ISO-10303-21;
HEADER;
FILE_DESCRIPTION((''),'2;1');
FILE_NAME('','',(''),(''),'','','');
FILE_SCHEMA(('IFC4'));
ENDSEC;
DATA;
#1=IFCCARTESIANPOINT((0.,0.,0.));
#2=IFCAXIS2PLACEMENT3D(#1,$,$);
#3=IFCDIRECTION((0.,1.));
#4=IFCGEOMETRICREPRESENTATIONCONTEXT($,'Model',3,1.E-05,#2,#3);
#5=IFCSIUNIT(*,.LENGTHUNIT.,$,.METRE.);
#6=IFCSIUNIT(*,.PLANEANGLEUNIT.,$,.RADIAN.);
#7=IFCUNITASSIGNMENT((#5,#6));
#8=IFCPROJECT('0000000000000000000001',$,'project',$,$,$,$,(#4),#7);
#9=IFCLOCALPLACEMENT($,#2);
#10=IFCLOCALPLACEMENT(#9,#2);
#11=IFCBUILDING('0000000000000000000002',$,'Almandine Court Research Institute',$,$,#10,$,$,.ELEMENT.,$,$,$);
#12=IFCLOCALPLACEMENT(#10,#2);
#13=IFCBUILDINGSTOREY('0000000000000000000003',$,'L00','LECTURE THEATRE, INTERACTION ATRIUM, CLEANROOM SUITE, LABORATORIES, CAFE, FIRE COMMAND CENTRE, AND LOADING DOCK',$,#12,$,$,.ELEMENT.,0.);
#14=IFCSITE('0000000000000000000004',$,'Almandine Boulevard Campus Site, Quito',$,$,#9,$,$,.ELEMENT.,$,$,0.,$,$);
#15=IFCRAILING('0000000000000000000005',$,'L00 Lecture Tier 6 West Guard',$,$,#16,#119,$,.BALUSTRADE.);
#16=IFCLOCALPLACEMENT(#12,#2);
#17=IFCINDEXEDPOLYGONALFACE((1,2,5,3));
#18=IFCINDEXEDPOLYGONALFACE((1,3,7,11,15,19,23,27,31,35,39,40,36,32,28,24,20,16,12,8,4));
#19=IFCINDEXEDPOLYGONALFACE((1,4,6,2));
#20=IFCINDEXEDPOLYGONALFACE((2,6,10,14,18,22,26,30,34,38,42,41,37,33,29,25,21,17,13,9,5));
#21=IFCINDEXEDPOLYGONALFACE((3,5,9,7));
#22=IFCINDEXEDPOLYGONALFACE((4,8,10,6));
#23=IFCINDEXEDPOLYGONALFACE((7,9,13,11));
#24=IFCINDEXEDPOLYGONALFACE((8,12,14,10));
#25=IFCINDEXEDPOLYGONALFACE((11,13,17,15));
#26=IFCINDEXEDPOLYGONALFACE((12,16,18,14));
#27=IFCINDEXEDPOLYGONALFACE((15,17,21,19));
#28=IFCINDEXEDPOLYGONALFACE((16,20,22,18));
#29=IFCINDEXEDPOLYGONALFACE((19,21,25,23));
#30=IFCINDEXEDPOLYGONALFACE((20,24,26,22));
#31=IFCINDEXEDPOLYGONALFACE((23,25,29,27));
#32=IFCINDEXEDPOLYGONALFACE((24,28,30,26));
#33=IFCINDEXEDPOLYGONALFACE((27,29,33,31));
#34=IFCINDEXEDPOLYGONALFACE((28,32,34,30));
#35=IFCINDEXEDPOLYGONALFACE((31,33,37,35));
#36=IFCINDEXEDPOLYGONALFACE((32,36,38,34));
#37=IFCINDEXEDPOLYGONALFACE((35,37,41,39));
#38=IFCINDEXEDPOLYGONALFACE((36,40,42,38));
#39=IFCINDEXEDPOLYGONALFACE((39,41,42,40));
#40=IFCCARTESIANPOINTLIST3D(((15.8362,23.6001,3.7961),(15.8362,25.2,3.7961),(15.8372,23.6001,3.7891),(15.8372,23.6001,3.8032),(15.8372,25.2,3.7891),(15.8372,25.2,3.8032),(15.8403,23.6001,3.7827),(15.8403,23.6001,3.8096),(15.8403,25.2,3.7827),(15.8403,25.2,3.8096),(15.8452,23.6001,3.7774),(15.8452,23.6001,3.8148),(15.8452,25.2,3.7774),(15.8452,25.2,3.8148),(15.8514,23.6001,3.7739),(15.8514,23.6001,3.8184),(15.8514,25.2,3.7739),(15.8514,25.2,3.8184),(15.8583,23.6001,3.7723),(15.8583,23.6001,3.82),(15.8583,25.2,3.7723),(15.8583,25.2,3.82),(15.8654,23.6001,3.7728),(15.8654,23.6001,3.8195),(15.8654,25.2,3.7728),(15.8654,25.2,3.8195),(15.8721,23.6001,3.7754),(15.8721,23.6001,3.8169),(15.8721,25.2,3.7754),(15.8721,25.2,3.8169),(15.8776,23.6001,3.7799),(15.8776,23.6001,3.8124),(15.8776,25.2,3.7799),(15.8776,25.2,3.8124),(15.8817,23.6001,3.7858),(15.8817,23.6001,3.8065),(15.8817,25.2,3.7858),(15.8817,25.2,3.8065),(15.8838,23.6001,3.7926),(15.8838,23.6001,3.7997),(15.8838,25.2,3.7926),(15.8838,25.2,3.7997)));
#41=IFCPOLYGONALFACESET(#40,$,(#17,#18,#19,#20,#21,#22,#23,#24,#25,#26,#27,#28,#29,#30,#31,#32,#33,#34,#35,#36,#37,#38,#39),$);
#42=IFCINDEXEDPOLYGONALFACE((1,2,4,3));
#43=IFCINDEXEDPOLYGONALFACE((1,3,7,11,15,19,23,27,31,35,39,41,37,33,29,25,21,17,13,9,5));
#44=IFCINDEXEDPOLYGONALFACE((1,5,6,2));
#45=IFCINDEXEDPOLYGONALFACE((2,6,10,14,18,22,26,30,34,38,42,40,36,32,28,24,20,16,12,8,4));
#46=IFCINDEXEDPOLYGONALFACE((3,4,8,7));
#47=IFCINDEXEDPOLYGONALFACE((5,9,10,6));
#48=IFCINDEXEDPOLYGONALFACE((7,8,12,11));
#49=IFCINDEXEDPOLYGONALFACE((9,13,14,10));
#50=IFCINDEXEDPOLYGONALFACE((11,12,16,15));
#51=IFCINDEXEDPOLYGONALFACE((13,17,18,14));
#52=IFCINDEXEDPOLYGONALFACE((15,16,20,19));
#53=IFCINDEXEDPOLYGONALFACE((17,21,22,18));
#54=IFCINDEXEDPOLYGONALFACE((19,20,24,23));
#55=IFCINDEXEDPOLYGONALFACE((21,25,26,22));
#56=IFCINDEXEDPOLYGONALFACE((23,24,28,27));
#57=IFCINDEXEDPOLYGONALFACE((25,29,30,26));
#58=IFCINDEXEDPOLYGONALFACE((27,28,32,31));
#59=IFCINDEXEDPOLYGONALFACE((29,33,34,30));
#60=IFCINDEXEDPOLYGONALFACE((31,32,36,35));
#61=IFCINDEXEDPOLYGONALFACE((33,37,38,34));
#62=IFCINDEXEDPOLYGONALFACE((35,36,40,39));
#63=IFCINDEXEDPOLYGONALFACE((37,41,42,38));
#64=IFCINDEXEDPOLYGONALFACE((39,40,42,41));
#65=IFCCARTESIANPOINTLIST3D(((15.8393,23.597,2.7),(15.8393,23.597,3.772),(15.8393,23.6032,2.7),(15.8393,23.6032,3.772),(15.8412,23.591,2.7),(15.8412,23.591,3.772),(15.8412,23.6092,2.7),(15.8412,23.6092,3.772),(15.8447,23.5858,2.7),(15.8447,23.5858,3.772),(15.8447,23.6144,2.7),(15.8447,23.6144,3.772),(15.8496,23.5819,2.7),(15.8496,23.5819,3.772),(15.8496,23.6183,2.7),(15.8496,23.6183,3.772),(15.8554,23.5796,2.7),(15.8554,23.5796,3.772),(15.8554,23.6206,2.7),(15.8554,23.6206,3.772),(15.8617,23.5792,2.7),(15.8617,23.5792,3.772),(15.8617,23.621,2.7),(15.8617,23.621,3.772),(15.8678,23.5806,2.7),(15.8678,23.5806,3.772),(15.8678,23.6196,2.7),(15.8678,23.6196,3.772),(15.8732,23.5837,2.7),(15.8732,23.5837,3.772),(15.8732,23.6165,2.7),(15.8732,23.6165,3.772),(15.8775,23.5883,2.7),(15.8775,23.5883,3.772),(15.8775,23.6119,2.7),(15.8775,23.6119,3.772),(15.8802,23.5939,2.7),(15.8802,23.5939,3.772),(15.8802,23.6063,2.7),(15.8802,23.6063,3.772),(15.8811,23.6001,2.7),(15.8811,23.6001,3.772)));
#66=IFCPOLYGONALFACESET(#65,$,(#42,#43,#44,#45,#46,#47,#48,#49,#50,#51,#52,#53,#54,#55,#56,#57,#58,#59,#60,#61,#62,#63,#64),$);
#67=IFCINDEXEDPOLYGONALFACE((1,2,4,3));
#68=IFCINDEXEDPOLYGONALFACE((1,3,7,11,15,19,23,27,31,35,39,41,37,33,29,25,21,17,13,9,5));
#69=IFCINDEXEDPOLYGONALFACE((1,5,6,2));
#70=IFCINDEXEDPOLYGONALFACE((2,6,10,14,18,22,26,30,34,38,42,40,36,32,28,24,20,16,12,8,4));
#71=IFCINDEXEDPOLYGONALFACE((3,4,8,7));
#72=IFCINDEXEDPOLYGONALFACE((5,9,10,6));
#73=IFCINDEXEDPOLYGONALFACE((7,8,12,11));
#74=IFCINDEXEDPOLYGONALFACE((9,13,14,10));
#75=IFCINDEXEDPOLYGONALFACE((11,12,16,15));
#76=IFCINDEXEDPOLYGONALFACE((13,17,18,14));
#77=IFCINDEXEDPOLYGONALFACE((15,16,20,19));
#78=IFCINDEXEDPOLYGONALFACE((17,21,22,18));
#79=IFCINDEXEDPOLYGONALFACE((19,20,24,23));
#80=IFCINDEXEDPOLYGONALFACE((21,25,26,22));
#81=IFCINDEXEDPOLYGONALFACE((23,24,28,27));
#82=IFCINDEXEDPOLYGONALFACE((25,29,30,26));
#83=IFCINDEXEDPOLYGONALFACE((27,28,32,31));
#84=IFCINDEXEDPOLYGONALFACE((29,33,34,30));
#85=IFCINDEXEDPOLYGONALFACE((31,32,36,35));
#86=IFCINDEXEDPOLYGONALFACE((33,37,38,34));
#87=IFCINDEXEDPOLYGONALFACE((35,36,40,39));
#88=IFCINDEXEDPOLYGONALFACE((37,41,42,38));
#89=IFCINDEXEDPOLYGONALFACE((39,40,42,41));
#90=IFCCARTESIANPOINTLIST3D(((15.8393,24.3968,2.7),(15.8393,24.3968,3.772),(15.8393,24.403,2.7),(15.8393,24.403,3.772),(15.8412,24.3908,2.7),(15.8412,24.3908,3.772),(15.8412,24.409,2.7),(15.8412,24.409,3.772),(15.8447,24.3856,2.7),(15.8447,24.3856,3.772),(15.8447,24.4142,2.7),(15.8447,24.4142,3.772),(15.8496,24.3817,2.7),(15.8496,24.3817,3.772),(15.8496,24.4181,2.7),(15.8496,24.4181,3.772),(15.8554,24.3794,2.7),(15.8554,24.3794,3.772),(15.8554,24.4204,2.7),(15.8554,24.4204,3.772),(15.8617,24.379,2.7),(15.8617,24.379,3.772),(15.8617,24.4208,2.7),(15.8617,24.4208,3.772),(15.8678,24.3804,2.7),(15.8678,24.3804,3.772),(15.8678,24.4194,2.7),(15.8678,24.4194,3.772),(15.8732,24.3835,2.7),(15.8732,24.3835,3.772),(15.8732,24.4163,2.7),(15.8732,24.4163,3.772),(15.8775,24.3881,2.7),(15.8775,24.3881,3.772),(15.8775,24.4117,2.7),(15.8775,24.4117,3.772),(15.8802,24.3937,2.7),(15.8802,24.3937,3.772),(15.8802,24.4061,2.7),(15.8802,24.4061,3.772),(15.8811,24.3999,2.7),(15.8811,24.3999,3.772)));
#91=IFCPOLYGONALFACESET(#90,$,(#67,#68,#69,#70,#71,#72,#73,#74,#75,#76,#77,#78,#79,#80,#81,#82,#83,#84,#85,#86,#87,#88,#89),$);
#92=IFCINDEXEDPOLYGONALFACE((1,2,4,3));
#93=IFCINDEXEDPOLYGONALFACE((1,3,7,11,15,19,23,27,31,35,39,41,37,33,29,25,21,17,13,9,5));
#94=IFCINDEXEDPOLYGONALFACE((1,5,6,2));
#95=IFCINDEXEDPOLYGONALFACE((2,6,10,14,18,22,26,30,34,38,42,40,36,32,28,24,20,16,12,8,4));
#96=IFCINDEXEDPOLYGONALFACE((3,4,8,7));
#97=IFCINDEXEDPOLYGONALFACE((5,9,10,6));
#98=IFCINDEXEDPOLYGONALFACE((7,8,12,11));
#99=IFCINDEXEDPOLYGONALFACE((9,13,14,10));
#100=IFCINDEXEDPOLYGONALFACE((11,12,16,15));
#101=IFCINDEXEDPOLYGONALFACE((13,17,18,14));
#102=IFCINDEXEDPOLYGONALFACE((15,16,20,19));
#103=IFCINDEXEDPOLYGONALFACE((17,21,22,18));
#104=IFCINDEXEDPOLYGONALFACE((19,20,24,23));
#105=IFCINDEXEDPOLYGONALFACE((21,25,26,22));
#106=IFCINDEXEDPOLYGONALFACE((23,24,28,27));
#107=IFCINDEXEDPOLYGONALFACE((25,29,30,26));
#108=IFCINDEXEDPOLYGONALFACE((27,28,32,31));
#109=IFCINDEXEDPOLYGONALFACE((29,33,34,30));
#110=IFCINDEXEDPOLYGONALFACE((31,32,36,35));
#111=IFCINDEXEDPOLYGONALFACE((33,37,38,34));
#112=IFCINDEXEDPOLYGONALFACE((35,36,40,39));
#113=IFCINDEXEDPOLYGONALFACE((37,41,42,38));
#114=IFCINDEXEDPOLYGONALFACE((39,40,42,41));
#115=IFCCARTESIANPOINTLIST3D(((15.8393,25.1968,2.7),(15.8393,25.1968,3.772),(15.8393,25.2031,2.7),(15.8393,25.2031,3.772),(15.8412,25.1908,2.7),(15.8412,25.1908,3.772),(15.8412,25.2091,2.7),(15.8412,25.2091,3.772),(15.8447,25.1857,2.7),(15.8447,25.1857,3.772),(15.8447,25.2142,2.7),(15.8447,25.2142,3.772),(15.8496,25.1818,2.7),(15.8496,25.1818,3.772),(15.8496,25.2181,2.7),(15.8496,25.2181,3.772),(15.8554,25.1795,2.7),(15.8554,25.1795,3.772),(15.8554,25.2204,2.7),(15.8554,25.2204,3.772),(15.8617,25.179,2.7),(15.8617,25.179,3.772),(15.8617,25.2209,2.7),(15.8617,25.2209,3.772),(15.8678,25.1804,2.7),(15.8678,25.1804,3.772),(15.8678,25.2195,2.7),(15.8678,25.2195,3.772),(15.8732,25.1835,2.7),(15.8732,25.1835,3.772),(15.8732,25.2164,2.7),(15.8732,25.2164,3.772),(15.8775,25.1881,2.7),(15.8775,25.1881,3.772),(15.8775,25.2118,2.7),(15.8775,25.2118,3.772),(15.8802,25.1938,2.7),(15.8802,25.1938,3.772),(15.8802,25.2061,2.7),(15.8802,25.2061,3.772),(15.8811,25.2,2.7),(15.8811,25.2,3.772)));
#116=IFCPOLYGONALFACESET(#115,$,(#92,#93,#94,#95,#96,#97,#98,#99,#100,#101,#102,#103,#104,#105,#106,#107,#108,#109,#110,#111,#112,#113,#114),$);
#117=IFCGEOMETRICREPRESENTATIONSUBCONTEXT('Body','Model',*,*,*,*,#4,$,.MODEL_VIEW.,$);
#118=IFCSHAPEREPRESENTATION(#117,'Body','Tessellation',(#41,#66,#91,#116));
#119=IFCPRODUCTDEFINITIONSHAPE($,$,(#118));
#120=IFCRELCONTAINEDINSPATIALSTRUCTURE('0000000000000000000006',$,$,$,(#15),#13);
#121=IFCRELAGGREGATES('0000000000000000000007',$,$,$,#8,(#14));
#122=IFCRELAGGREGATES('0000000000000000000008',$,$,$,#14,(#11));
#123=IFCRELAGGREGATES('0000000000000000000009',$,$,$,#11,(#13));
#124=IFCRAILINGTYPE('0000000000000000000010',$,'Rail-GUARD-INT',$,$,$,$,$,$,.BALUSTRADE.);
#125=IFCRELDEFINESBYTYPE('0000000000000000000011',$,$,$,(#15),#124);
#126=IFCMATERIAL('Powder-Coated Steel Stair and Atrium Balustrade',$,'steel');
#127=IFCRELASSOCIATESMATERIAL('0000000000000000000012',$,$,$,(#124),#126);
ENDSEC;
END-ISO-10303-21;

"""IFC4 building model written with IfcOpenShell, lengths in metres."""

from ifc_helpers import new_model, si_unit, direction, frame, origin, origin_2d, place, context, subcontext, project, spatial, circle, extrude, material, type_object, element, save


model = new_model("IFC4")

# Units and contexts
model_context = context("Model", 3, precision=1e-05, world=origin(), true_north=direction((0.0, 1.0)))
body_context = subcontext(model_context, "Body", "Model", "MODEL_VIEW")
ifc_project = project(units=[si_unit("LENGTHUNIT", "METRE"), si_unit("PLANEANGLEUNIT", "RADIAN")], contexts=[model_context])

# Site, building, storey
site_placement = place(None, origin())
site = spatial("IfcSite", under=ifc_project, at=site_placement, Name="Almandine Boulevard Campus Site, Quito", CompositionType="ELEMENT", RefElevation=0.0)
building_placement = place(site_placement, origin())
building = spatial("IfcBuilding", under=site, at=building_placement, Name="Almandine Court Research Institute", CompositionType="ELEMENT")
storey_placement = place(building_placement, origin())
storey = spatial("IfcBuildingStorey", under=building, at=storey_placement, Name="L00", Description="LECTURE THEATRE, INTERACTION ATRIUM, CLEANROOM SUITE, LABORATORIES, CAFE, FIRE COMMAND CENTRE, AND LOADING DOCK", CompositionType="ELEMENT", Elevation=0.0)

# Railing
ifc_material_1 = material(Name="Powder-Coated Steel Stair and Atrium Balustrade", Category="steel")
railing_type = type_object("IfcRailingType", Name="Rail-GUARD-INT", PredefinedType="BALUSTRADE", material=ifc_material_1)
railing_1_placement = place(storey_placement, frame((15.8601, 23.6001, 2.7)))
element("IfcRailing", 1, at=railing_1_placement, inside=storey, type_object=railing_type, Name="L00 Lecture Tier 6 West Guard", PredefinedType="BALUSTRADE", context=body_context, shape_type="SweptSolid", body=[
    extrude(circle(Radius=0.0239, at=origin_2d()), frame((0.0, 0.0, 1.0962), z_axis=(0.0, 1.0, 0.0), x_axis=(-1.0, 0.0, 0.0)), (0.0, 0.0, 1.0), 1.5999),
    extrude(circle(Radius=0.021, at=origin_2d()), origin(), (0.0, 0.0, 1.0), 1.072),
    extrude(circle(Radius=0.021, at=origin_2d()), frame((0.0, 0.7998, 0.0)), (0.0, 0.0, 1.0), 1.072),
    extrude(circle(Radius=0.021, at=origin_2d()), frame((0.0, 1.5999, 0.0)), (0.0, 0.0, 1.0), 1.072),
])

save(model, "model.ifc")
